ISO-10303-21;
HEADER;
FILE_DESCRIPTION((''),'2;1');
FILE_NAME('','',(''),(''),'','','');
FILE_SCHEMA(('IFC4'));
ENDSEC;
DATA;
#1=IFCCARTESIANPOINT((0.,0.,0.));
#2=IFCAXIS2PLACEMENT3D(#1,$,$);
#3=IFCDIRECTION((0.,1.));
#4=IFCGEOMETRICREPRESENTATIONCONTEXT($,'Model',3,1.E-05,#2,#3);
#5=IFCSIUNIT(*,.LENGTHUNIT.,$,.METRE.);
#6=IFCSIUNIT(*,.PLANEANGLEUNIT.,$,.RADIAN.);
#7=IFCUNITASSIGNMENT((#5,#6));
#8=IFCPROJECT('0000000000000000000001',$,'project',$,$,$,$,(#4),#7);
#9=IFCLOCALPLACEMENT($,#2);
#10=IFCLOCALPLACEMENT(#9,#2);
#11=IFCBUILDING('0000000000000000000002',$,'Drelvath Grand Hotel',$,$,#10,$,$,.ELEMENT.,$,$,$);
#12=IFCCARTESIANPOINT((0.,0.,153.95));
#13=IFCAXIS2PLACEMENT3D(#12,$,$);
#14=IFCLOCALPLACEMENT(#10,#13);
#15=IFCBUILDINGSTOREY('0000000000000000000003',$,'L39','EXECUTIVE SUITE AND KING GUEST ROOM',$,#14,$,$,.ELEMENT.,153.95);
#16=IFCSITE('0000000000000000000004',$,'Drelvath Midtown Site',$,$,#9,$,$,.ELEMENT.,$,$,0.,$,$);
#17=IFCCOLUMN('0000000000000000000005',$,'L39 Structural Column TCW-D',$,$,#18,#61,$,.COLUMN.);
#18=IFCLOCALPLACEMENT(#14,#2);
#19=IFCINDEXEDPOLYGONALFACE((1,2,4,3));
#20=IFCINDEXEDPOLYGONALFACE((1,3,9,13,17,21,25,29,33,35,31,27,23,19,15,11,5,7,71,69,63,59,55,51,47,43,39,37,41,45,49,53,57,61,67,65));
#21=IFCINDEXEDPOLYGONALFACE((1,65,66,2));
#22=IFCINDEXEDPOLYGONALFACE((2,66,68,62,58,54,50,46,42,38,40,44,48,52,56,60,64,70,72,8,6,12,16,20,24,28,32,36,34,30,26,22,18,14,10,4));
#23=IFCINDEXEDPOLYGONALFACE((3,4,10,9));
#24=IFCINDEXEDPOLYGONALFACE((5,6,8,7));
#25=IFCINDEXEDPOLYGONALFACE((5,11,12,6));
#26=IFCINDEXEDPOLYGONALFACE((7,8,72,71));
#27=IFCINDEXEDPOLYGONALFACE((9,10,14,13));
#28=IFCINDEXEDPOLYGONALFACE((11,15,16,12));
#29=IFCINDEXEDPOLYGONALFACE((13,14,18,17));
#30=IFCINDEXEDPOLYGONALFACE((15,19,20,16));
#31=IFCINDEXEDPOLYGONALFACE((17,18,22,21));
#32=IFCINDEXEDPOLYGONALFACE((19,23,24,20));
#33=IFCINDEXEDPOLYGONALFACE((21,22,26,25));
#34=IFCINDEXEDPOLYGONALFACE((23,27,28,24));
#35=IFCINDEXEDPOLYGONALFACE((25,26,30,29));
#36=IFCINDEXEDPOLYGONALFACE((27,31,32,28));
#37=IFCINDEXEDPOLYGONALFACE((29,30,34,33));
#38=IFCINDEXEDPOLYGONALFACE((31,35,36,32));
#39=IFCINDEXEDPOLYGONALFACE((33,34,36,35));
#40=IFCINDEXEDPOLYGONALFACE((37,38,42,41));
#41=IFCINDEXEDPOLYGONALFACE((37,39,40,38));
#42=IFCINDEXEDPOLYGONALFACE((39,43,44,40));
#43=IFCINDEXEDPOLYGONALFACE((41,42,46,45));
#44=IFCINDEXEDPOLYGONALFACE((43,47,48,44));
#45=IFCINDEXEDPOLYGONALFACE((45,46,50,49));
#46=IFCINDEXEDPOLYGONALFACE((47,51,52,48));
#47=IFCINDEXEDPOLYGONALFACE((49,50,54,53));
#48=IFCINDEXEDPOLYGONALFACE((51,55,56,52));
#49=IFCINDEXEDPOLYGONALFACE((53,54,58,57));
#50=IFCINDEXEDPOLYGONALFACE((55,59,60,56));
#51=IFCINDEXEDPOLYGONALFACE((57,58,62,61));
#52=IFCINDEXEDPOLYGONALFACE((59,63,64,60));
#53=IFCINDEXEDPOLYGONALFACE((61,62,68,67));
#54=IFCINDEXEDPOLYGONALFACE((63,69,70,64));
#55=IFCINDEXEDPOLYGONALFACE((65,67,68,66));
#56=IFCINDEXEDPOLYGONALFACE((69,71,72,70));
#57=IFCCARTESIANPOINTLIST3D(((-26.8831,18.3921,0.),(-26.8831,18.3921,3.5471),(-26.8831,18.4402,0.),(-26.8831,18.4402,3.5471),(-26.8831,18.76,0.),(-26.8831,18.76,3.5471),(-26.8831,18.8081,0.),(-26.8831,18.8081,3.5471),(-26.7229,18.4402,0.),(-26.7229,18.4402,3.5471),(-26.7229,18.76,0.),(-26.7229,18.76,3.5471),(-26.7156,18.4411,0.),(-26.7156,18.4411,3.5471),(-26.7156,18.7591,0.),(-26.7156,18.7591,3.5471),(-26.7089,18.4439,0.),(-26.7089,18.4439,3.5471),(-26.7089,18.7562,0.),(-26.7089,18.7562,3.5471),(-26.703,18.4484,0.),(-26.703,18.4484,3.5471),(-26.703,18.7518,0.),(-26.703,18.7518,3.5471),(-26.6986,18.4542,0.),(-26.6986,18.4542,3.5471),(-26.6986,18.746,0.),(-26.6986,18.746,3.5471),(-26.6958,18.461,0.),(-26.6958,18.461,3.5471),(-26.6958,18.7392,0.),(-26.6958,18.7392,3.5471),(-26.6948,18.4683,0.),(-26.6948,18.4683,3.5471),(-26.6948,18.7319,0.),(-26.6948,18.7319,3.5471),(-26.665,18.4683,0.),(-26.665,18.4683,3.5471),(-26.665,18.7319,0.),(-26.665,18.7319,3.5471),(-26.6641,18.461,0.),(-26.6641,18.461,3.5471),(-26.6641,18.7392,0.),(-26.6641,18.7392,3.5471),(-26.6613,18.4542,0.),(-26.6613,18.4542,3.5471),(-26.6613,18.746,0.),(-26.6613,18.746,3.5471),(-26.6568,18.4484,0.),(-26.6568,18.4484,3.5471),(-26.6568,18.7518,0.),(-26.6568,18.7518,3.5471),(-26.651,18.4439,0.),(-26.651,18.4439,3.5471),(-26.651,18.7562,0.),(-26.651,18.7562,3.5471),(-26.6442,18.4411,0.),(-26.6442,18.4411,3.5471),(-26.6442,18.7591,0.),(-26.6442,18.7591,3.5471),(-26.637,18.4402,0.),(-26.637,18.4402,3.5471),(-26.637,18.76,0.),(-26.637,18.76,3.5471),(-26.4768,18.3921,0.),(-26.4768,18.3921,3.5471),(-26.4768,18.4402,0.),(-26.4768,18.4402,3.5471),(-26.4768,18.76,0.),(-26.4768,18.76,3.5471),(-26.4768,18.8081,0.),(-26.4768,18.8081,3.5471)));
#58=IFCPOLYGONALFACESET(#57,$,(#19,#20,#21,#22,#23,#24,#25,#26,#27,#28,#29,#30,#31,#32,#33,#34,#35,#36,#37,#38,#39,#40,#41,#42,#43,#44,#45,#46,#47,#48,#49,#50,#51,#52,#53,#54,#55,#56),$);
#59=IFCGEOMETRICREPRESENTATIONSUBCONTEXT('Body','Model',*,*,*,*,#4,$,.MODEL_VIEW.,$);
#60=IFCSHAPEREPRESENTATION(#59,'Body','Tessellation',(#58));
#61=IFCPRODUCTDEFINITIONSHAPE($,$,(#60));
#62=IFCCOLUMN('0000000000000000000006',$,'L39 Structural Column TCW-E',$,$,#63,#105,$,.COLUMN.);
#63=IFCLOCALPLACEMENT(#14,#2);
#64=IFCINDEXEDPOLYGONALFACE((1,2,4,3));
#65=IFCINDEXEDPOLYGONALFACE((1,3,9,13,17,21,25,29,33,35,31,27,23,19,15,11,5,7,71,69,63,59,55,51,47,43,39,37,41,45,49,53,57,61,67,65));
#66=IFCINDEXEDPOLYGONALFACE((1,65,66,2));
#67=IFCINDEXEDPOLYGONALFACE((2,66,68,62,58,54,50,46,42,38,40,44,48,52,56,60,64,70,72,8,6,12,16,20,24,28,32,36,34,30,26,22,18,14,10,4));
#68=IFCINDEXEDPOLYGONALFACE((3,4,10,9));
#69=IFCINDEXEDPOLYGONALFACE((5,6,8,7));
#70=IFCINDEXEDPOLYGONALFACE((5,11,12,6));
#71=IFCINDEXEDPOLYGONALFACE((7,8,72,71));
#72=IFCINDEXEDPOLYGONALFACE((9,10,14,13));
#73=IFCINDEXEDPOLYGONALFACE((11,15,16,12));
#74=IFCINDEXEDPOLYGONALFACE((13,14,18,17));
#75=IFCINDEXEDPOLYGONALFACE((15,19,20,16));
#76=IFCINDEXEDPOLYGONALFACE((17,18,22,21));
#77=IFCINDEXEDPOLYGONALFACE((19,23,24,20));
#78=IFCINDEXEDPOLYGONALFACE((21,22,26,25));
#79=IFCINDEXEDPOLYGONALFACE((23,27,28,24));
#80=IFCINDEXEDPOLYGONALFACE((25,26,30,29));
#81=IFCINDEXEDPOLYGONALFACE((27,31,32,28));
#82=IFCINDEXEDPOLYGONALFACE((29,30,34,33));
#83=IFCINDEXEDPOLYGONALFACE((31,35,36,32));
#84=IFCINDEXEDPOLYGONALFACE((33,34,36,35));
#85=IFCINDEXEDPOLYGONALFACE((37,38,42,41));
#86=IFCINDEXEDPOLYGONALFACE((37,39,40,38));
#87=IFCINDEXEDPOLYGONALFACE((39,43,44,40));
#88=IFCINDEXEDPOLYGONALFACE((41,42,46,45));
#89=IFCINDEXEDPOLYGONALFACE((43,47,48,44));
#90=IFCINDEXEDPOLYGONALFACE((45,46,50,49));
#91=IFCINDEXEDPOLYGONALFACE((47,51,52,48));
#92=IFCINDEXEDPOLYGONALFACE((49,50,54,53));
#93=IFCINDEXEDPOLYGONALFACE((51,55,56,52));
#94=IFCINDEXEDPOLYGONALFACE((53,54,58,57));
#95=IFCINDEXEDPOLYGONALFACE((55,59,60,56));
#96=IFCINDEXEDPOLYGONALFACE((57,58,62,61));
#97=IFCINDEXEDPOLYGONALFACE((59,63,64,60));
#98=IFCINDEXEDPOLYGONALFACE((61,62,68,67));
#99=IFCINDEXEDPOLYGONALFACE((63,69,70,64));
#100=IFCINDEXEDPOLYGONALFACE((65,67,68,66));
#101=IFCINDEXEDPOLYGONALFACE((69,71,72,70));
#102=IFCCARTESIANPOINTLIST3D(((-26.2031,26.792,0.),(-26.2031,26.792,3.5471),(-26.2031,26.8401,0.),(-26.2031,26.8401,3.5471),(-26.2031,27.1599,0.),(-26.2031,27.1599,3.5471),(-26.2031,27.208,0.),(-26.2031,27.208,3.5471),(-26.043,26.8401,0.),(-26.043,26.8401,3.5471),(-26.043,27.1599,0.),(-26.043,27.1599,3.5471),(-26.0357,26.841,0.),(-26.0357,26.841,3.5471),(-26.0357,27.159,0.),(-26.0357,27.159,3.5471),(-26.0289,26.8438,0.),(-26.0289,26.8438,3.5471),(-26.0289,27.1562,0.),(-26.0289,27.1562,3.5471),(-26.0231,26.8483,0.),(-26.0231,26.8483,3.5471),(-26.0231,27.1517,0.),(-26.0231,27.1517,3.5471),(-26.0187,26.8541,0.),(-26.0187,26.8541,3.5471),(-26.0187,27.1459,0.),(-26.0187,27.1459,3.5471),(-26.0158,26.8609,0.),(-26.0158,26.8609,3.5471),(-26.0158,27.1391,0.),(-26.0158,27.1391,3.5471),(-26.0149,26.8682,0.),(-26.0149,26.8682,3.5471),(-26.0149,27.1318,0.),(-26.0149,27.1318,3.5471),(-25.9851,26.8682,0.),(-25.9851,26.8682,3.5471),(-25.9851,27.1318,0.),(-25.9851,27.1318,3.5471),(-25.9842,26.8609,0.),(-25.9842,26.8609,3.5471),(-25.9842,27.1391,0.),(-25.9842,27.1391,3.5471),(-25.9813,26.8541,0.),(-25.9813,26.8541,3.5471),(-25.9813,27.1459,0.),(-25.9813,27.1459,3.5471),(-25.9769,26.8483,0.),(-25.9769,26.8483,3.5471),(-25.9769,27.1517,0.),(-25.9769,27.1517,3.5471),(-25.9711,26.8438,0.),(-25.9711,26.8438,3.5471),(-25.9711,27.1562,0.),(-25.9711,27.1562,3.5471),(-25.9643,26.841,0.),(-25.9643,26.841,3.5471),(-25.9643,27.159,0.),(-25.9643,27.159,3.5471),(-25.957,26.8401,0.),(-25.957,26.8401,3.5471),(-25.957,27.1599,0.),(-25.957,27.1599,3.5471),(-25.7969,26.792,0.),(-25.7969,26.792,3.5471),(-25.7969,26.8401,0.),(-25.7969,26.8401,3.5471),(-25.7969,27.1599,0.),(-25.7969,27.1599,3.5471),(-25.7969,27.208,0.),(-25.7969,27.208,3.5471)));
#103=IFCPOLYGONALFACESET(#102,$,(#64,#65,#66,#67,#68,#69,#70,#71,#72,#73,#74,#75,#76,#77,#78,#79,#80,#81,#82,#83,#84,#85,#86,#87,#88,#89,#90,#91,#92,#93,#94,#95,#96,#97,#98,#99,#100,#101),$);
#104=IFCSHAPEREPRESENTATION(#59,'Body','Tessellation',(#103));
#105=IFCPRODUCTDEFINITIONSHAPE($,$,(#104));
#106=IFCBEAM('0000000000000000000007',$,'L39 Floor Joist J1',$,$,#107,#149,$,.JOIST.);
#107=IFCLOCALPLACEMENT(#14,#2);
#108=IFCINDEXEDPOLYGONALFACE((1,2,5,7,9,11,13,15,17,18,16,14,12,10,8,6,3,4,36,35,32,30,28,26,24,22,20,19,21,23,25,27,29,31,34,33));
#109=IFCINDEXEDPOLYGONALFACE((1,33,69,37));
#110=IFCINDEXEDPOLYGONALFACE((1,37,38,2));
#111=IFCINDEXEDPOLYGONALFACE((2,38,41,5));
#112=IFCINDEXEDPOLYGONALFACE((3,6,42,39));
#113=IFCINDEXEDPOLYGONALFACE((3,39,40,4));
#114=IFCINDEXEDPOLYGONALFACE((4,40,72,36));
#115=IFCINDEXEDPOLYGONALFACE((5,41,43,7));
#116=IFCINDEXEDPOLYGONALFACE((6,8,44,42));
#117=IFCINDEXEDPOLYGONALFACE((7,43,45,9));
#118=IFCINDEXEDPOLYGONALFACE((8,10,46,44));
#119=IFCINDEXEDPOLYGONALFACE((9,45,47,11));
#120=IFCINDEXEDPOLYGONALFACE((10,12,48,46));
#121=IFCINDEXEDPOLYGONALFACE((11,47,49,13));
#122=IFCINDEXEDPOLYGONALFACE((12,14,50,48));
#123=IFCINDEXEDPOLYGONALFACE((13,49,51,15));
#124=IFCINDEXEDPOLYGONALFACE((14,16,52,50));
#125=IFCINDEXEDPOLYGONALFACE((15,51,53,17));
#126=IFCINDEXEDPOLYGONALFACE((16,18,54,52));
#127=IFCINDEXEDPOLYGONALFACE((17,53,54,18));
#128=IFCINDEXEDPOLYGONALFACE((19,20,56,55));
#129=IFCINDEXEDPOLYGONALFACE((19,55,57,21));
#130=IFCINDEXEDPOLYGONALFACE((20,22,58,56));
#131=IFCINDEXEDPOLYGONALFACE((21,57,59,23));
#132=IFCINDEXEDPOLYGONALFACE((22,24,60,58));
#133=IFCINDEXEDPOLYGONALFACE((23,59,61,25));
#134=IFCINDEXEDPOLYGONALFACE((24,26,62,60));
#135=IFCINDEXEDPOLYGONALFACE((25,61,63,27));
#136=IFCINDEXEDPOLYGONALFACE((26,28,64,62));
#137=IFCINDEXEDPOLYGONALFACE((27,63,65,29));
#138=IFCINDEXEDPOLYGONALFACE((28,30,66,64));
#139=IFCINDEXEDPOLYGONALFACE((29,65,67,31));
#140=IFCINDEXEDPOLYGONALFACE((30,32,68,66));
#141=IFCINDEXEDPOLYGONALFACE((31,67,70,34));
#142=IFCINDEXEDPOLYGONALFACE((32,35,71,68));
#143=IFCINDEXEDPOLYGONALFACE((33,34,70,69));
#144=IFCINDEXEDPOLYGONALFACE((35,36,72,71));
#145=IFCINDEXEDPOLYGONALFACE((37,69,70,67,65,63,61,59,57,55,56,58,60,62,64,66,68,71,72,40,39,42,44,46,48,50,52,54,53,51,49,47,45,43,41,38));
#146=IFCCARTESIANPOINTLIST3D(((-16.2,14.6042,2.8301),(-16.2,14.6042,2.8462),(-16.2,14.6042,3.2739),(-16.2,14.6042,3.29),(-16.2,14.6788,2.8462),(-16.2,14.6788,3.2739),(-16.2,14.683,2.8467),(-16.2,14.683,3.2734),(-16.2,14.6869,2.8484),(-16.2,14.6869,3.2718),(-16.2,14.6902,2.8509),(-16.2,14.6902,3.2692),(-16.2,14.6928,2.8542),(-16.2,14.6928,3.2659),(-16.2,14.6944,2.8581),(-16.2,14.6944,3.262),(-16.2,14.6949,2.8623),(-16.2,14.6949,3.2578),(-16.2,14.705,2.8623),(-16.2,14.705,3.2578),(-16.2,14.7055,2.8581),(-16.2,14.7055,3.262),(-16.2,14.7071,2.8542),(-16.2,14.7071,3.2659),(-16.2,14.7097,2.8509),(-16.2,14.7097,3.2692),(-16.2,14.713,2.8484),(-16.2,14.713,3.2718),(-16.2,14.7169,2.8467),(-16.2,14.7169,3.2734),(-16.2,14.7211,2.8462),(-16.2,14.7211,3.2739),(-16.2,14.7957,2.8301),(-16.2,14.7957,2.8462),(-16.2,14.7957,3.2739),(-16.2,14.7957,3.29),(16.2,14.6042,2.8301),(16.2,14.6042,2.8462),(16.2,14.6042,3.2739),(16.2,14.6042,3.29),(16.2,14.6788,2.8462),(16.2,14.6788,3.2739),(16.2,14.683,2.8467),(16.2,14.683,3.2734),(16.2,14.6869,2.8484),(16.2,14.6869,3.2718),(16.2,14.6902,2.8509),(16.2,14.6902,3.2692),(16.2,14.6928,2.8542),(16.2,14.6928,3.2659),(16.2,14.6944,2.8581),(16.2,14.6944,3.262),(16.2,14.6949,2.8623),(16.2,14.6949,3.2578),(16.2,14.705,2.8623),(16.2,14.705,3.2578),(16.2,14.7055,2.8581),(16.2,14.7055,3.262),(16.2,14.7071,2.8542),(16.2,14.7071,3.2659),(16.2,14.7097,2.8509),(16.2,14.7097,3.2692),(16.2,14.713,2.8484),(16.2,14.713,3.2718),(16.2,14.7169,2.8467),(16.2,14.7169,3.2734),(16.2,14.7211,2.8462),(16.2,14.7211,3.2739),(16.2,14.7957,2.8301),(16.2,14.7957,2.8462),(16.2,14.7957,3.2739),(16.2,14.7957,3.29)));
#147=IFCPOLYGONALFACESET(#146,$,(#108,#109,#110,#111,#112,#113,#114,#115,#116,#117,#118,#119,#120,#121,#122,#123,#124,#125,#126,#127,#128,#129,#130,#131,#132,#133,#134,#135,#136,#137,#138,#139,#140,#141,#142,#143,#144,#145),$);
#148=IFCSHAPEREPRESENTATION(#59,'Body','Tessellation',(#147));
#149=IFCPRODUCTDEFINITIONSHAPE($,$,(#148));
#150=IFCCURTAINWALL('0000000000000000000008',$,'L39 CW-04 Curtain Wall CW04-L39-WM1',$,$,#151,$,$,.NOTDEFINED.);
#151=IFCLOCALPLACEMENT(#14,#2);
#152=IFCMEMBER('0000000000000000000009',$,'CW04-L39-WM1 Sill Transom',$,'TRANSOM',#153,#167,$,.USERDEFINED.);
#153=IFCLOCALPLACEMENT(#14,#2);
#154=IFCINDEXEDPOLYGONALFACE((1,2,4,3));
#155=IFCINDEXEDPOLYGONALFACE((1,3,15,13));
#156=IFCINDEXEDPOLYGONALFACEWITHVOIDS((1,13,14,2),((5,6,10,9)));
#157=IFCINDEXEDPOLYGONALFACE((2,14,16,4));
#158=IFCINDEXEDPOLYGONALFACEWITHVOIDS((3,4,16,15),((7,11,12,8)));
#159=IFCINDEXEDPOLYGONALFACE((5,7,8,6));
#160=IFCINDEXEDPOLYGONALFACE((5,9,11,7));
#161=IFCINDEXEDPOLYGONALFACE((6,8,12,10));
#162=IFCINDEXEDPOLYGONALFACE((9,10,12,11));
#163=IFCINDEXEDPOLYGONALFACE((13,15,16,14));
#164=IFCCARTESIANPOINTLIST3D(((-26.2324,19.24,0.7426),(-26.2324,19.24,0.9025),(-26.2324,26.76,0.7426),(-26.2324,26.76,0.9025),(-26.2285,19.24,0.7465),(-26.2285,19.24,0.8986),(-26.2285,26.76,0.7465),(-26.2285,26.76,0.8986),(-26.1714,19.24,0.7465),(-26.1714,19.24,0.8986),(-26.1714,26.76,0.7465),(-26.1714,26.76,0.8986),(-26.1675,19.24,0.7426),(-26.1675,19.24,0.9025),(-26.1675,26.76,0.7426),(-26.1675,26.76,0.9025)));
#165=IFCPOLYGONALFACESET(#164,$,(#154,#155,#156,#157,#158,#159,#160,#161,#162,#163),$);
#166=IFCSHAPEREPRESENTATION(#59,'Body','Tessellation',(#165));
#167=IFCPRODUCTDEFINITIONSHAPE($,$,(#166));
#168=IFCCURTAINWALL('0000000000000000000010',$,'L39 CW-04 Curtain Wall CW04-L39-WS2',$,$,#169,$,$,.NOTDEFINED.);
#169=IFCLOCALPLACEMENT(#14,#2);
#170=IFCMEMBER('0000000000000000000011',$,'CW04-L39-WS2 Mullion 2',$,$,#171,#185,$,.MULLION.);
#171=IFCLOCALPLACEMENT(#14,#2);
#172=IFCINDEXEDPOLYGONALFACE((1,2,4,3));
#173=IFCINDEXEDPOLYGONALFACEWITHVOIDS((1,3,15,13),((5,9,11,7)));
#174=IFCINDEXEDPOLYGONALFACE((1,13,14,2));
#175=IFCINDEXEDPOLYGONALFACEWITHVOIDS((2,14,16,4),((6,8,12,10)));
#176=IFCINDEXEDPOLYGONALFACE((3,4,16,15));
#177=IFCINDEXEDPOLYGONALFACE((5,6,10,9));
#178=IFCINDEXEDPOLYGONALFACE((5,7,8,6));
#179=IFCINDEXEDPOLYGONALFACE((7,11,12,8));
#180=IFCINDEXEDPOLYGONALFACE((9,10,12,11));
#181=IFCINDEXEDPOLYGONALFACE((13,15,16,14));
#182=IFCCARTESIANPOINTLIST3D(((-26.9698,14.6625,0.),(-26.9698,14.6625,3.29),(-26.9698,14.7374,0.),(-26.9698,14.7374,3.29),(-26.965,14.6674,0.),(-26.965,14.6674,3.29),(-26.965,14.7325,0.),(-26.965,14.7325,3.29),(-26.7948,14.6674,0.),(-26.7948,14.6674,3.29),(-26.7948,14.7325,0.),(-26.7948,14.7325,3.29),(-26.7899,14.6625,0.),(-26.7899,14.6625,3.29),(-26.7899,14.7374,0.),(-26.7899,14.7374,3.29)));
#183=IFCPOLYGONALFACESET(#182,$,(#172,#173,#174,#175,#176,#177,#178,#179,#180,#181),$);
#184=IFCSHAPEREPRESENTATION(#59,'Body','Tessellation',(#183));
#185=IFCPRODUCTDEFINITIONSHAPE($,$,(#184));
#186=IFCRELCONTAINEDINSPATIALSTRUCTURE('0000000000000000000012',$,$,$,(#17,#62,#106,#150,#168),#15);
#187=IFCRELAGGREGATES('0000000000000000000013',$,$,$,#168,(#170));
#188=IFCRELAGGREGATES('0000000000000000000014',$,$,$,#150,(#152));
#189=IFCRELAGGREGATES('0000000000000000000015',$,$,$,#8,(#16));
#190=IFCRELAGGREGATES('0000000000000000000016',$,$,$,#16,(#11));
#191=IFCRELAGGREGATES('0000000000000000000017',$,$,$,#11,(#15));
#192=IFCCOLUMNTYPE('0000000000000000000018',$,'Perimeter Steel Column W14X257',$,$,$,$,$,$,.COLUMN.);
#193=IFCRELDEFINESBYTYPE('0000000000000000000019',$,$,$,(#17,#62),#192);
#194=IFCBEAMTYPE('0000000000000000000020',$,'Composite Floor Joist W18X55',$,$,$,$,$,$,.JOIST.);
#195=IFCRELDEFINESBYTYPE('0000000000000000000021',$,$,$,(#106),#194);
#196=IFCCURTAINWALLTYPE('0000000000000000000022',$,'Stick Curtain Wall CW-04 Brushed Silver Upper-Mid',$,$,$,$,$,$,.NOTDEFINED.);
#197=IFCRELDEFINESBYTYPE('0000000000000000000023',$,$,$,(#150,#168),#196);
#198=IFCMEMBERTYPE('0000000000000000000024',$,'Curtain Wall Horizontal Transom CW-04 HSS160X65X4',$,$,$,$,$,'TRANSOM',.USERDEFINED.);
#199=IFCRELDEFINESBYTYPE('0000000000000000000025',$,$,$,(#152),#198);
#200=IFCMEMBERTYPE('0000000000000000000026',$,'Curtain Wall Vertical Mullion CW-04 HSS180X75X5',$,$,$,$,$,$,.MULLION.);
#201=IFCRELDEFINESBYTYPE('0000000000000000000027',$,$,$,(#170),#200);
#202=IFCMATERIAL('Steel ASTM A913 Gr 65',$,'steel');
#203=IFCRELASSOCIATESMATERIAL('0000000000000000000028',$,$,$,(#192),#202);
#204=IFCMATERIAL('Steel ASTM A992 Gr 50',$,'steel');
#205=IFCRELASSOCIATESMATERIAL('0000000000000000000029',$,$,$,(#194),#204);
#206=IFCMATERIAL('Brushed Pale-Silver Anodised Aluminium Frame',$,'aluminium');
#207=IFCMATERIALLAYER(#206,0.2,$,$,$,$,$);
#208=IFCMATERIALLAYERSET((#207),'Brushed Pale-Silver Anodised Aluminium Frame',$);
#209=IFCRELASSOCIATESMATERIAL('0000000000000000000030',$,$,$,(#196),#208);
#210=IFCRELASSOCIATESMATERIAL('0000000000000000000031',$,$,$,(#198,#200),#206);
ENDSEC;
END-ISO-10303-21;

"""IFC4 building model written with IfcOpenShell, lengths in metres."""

from ifc_helpers import new_model, si_unit, direction, frame, origin, origin_2d, place, context, subcontext, project, spatial, hollow_rectangle, i_section, extrude, material, layer, layer_set, material_profile, profile_set, type_object, element, aggregate, save


model = new_model("IFC4")

# Units and contexts
model_context = context("Model", 3, precision=1e-05, world=origin(), true_north=direction((0.0, 1.0)))
body_context = subcontext(model_context, "Body", "Model", "MODEL_VIEW")
ifc_project = project(units=[si_unit("LENGTHUNIT", "METRE"), si_unit("PLANEANGLEUNIT", "RADIAN")], contexts=[model_context])

# Site, building, storey
site_placement = place(None, origin())
site = spatial("IfcSite", under=ifc_project, at=site_placement, Name="Drelvath Midtown Site", CompositionType="ELEMENT", RefElevation=0.0)
building_placement = place(site_placement, origin())
building = spatial("IfcBuilding", under=site, at=building_placement, Name="Drelvath Grand Hotel", CompositionType="ELEMENT")
storey_placement = place(building_placement, frame((0.0, 0.0, 153.95)))
storey = spatial("IfcBuildingStorey", under=building, at=storey_placement, Name="L39", Description="EXECUTIVE SUITE AND KING GUEST ROOM", CompositionType="ELEMENT", Elevation=153.95)

# Columns
ifc_material_1 = material(Name="Steel ASTM A913 Gr 65", Category="steel")
ifc_material_profile_1 = material_profile(ifc_material_1, i_section(OverallWidth=0.4062, OverallDepth=0.416, WebThickness=0.0298, FlangeThickness=0.0481, FilletRadius=0.0281, at=origin_2d()), Name="W14X257")
ifc_profile_set_1 = profile_set([ifc_material_profile_1], Name="Steel ASTM A913 Gr 65")
column_type = type_object("IfcColumnType", Name="Perimeter Steel Column W14X257", PredefinedType="COLUMN", material=ifc_profile_set_1)
for number, where, z_axis, x_axis, name in (
    (1, (-26.6799, 18.6001, 0.0), (0.0, 0.0, 1.0), (1.0, 0.0, 0.0), "L39 Structural Column TCW-D"),
    (2, (-26.0, 27.0, 0.0), (0.0, 0.0, 1.0), (1.0, 0.0, 0.0), "L39 Structural Column TCW-E"),
):
    element("IfcColumn", number, at=place(storey_placement, frame(where, z_axis=z_axis, x_axis=x_axis)), inside=storey, type_object=column_type, Name=name, PredefinedType="COLUMN", context=body_context, shape_type="SweptSolid", body=[
        extrude(i_section(OverallWidth=0.4062, OverallDepth=0.416, WebThickness=0.0298, FlangeThickness=0.0481, FilletRadius=0.0281, at=origin_2d()), origin(), (0.0, 0.0, 1.0), 3.5471),
    ])

# Beam
ifc_material_2 = material(Name="Steel ASTM A992 Gr 50", Category="steel")
ifc_material_profile_2 = material_profile(ifc_material_2, i_section(OverallWidth=0.1914, OverallDepth=0.46, WebThickness=0.01, FlangeThickness=0.0161, FilletRadius=0.0161, at=origin_2d()), Name="W18X55")
ifc_profile_set_2 = profile_set([ifc_material_profile_2], Name="Steel ASTM A992 Gr 50")
beam_type_1 = type_object("IfcBeamType", Name="Composite Floor Joist W18X55", PredefinedType="JOIST", material=ifc_profile_set_2)
beam_1_placement = place(storey_placement, frame((-16.2, 14.7, 3.0601), z_axis=(1.0, 0.0, 0.0), x_axis=(0.0, 1.0, 0.0)))
element("IfcBeam", 3, at=beam_1_placement, inside=storey, type_object=beam_type_1, Name="L39 Floor Joist J1", PredefinedType="JOIST", context=body_context, shape_type="SweptSolid", body=[
    extrude(i_section(OverallWidth=0.1914, OverallDepth=0.46, WebThickness=0.01, FlangeThickness=0.0161, FilletRadius=0.0161, at=origin_2d()), origin(), (0.0, 0.0, 1.0), 32.3999),
])

# Curtain wall, member
ifc_material_3 = material(Name="Brushed Pale-Silver Anodised Aluminium Frame", Category="aluminium")
ifc_layer_1 = layer(ifc_material_3, 0.2)
ifc_layer_set_1 = layer_set([ifc_layer_1], Name="Brushed Pale-Silver Anodised Aluminium Frame")
curtain_wall_type = type_object("IfcCurtainWallType", Name="Stick Curtain Wall CW-04 Brushed Silver Upper-Mid", PredefinedType="NOTDEFINED", material=ifc_layer_set_1)
curtain_wall_1_placement = place(storey_placement, origin())
curtain_wall_1 = element("IfcCurtainWall", 4, at=curtain_wall_1_placement, inside=storey, type_object=curtain_wall_type, Name="L39 CW-04 Curtain Wall CW04-L39-WM1", PredefinedType="NOTDEFINED")
ifc_material_profile_3 = material_profile(ifc_material_3, hollow_rectangle(XDim=0.0649, YDim=0.1599, WallThickness=0.0039, at=origin_2d()), Name="HSS160X65X4")
ifc_profile_set_3 = profile_set([ifc_material_profile_3], Name="Brushed Pale-Silver Anodised Aluminium Frame")
member_type_1 = type_object("IfcMemberType", Name="Curtain Wall Horizontal Transom CW-04 HSS160X65X4", ElementType="TRANSOM", PredefinedType="USERDEFINED", material=ifc_profile_set_3)
member_1_placement = place(storey_placement, frame((-26.2, 19.24, 0.8225), z_axis=(0.0, 1.0, 0.0), x_axis=(-1.0, 0.0, 0.0)))
member_1 = element("IfcMember", 5, at=member_1_placement, type_object=member_type_1, Name="CW04-L39-WM1 Sill Transom", ObjectType="TRANSOM", PredefinedType="USERDEFINED", context=body_context, shape_type="SweptSolid", body=[
    extrude(hollow_rectangle(XDim=0.0649, YDim=0.1599, WallThickness=0.0039, at=origin_2d()), origin(), (0.0, 0.0, 1.0), 7.52),
])

# Curtain wall, member
curtain_wall_2_placement = place(storey_placement, origin())
curtain_wall_2 = element("IfcCurtainWall", 6, at=curtain_wall_2_placement, inside=storey, type_object=curtain_wall_type, Name="L39 CW-04 Curtain Wall CW04-L39-WS2", PredefinedType="NOTDEFINED")
ifc_material_profile_4 = material_profile(ifc_material_3, hollow_rectangle(XDim=0.075, YDim=0.1799, WallThickness=0.0049, at=origin_2d()), Name="HSS180X75X5")
ifc_profile_set_4 = profile_set([ifc_material_profile_4], Name="Brushed Pale-Silver Anodised Aluminium Frame")
member_type_2 = type_object("IfcMemberType", Name="Curtain Wall Vertical Mullion CW-04 HSS180X75X5", PredefinedType="MULLION", material=ifc_profile_set_4)
member_2_placement = place(storey_placement, frame((-26.8799, 14.7, 0.0), z_axis=(0.0, 0.0, 1.0), x_axis=(0.0, 1.0, 0.0)))
member_2 = element("IfcMember", 7, at=member_2_placement, type_object=member_type_2, Name="CW04-L39-WS2 Mullion 2", PredefinedType="MULLION", context=body_context, shape_type="SweptSolid", body=[
    extrude(hollow_rectangle(XDim=0.075, YDim=0.1799, WallThickness=0.0049, at=origin_2d()), origin(), (0.0, 0.0, 1.0), 3.29),
])

aggregate(curtain_wall_2, [member_2])
aggregate(curtain_wall_1, [member_1])

save(model, "model.ifc")
